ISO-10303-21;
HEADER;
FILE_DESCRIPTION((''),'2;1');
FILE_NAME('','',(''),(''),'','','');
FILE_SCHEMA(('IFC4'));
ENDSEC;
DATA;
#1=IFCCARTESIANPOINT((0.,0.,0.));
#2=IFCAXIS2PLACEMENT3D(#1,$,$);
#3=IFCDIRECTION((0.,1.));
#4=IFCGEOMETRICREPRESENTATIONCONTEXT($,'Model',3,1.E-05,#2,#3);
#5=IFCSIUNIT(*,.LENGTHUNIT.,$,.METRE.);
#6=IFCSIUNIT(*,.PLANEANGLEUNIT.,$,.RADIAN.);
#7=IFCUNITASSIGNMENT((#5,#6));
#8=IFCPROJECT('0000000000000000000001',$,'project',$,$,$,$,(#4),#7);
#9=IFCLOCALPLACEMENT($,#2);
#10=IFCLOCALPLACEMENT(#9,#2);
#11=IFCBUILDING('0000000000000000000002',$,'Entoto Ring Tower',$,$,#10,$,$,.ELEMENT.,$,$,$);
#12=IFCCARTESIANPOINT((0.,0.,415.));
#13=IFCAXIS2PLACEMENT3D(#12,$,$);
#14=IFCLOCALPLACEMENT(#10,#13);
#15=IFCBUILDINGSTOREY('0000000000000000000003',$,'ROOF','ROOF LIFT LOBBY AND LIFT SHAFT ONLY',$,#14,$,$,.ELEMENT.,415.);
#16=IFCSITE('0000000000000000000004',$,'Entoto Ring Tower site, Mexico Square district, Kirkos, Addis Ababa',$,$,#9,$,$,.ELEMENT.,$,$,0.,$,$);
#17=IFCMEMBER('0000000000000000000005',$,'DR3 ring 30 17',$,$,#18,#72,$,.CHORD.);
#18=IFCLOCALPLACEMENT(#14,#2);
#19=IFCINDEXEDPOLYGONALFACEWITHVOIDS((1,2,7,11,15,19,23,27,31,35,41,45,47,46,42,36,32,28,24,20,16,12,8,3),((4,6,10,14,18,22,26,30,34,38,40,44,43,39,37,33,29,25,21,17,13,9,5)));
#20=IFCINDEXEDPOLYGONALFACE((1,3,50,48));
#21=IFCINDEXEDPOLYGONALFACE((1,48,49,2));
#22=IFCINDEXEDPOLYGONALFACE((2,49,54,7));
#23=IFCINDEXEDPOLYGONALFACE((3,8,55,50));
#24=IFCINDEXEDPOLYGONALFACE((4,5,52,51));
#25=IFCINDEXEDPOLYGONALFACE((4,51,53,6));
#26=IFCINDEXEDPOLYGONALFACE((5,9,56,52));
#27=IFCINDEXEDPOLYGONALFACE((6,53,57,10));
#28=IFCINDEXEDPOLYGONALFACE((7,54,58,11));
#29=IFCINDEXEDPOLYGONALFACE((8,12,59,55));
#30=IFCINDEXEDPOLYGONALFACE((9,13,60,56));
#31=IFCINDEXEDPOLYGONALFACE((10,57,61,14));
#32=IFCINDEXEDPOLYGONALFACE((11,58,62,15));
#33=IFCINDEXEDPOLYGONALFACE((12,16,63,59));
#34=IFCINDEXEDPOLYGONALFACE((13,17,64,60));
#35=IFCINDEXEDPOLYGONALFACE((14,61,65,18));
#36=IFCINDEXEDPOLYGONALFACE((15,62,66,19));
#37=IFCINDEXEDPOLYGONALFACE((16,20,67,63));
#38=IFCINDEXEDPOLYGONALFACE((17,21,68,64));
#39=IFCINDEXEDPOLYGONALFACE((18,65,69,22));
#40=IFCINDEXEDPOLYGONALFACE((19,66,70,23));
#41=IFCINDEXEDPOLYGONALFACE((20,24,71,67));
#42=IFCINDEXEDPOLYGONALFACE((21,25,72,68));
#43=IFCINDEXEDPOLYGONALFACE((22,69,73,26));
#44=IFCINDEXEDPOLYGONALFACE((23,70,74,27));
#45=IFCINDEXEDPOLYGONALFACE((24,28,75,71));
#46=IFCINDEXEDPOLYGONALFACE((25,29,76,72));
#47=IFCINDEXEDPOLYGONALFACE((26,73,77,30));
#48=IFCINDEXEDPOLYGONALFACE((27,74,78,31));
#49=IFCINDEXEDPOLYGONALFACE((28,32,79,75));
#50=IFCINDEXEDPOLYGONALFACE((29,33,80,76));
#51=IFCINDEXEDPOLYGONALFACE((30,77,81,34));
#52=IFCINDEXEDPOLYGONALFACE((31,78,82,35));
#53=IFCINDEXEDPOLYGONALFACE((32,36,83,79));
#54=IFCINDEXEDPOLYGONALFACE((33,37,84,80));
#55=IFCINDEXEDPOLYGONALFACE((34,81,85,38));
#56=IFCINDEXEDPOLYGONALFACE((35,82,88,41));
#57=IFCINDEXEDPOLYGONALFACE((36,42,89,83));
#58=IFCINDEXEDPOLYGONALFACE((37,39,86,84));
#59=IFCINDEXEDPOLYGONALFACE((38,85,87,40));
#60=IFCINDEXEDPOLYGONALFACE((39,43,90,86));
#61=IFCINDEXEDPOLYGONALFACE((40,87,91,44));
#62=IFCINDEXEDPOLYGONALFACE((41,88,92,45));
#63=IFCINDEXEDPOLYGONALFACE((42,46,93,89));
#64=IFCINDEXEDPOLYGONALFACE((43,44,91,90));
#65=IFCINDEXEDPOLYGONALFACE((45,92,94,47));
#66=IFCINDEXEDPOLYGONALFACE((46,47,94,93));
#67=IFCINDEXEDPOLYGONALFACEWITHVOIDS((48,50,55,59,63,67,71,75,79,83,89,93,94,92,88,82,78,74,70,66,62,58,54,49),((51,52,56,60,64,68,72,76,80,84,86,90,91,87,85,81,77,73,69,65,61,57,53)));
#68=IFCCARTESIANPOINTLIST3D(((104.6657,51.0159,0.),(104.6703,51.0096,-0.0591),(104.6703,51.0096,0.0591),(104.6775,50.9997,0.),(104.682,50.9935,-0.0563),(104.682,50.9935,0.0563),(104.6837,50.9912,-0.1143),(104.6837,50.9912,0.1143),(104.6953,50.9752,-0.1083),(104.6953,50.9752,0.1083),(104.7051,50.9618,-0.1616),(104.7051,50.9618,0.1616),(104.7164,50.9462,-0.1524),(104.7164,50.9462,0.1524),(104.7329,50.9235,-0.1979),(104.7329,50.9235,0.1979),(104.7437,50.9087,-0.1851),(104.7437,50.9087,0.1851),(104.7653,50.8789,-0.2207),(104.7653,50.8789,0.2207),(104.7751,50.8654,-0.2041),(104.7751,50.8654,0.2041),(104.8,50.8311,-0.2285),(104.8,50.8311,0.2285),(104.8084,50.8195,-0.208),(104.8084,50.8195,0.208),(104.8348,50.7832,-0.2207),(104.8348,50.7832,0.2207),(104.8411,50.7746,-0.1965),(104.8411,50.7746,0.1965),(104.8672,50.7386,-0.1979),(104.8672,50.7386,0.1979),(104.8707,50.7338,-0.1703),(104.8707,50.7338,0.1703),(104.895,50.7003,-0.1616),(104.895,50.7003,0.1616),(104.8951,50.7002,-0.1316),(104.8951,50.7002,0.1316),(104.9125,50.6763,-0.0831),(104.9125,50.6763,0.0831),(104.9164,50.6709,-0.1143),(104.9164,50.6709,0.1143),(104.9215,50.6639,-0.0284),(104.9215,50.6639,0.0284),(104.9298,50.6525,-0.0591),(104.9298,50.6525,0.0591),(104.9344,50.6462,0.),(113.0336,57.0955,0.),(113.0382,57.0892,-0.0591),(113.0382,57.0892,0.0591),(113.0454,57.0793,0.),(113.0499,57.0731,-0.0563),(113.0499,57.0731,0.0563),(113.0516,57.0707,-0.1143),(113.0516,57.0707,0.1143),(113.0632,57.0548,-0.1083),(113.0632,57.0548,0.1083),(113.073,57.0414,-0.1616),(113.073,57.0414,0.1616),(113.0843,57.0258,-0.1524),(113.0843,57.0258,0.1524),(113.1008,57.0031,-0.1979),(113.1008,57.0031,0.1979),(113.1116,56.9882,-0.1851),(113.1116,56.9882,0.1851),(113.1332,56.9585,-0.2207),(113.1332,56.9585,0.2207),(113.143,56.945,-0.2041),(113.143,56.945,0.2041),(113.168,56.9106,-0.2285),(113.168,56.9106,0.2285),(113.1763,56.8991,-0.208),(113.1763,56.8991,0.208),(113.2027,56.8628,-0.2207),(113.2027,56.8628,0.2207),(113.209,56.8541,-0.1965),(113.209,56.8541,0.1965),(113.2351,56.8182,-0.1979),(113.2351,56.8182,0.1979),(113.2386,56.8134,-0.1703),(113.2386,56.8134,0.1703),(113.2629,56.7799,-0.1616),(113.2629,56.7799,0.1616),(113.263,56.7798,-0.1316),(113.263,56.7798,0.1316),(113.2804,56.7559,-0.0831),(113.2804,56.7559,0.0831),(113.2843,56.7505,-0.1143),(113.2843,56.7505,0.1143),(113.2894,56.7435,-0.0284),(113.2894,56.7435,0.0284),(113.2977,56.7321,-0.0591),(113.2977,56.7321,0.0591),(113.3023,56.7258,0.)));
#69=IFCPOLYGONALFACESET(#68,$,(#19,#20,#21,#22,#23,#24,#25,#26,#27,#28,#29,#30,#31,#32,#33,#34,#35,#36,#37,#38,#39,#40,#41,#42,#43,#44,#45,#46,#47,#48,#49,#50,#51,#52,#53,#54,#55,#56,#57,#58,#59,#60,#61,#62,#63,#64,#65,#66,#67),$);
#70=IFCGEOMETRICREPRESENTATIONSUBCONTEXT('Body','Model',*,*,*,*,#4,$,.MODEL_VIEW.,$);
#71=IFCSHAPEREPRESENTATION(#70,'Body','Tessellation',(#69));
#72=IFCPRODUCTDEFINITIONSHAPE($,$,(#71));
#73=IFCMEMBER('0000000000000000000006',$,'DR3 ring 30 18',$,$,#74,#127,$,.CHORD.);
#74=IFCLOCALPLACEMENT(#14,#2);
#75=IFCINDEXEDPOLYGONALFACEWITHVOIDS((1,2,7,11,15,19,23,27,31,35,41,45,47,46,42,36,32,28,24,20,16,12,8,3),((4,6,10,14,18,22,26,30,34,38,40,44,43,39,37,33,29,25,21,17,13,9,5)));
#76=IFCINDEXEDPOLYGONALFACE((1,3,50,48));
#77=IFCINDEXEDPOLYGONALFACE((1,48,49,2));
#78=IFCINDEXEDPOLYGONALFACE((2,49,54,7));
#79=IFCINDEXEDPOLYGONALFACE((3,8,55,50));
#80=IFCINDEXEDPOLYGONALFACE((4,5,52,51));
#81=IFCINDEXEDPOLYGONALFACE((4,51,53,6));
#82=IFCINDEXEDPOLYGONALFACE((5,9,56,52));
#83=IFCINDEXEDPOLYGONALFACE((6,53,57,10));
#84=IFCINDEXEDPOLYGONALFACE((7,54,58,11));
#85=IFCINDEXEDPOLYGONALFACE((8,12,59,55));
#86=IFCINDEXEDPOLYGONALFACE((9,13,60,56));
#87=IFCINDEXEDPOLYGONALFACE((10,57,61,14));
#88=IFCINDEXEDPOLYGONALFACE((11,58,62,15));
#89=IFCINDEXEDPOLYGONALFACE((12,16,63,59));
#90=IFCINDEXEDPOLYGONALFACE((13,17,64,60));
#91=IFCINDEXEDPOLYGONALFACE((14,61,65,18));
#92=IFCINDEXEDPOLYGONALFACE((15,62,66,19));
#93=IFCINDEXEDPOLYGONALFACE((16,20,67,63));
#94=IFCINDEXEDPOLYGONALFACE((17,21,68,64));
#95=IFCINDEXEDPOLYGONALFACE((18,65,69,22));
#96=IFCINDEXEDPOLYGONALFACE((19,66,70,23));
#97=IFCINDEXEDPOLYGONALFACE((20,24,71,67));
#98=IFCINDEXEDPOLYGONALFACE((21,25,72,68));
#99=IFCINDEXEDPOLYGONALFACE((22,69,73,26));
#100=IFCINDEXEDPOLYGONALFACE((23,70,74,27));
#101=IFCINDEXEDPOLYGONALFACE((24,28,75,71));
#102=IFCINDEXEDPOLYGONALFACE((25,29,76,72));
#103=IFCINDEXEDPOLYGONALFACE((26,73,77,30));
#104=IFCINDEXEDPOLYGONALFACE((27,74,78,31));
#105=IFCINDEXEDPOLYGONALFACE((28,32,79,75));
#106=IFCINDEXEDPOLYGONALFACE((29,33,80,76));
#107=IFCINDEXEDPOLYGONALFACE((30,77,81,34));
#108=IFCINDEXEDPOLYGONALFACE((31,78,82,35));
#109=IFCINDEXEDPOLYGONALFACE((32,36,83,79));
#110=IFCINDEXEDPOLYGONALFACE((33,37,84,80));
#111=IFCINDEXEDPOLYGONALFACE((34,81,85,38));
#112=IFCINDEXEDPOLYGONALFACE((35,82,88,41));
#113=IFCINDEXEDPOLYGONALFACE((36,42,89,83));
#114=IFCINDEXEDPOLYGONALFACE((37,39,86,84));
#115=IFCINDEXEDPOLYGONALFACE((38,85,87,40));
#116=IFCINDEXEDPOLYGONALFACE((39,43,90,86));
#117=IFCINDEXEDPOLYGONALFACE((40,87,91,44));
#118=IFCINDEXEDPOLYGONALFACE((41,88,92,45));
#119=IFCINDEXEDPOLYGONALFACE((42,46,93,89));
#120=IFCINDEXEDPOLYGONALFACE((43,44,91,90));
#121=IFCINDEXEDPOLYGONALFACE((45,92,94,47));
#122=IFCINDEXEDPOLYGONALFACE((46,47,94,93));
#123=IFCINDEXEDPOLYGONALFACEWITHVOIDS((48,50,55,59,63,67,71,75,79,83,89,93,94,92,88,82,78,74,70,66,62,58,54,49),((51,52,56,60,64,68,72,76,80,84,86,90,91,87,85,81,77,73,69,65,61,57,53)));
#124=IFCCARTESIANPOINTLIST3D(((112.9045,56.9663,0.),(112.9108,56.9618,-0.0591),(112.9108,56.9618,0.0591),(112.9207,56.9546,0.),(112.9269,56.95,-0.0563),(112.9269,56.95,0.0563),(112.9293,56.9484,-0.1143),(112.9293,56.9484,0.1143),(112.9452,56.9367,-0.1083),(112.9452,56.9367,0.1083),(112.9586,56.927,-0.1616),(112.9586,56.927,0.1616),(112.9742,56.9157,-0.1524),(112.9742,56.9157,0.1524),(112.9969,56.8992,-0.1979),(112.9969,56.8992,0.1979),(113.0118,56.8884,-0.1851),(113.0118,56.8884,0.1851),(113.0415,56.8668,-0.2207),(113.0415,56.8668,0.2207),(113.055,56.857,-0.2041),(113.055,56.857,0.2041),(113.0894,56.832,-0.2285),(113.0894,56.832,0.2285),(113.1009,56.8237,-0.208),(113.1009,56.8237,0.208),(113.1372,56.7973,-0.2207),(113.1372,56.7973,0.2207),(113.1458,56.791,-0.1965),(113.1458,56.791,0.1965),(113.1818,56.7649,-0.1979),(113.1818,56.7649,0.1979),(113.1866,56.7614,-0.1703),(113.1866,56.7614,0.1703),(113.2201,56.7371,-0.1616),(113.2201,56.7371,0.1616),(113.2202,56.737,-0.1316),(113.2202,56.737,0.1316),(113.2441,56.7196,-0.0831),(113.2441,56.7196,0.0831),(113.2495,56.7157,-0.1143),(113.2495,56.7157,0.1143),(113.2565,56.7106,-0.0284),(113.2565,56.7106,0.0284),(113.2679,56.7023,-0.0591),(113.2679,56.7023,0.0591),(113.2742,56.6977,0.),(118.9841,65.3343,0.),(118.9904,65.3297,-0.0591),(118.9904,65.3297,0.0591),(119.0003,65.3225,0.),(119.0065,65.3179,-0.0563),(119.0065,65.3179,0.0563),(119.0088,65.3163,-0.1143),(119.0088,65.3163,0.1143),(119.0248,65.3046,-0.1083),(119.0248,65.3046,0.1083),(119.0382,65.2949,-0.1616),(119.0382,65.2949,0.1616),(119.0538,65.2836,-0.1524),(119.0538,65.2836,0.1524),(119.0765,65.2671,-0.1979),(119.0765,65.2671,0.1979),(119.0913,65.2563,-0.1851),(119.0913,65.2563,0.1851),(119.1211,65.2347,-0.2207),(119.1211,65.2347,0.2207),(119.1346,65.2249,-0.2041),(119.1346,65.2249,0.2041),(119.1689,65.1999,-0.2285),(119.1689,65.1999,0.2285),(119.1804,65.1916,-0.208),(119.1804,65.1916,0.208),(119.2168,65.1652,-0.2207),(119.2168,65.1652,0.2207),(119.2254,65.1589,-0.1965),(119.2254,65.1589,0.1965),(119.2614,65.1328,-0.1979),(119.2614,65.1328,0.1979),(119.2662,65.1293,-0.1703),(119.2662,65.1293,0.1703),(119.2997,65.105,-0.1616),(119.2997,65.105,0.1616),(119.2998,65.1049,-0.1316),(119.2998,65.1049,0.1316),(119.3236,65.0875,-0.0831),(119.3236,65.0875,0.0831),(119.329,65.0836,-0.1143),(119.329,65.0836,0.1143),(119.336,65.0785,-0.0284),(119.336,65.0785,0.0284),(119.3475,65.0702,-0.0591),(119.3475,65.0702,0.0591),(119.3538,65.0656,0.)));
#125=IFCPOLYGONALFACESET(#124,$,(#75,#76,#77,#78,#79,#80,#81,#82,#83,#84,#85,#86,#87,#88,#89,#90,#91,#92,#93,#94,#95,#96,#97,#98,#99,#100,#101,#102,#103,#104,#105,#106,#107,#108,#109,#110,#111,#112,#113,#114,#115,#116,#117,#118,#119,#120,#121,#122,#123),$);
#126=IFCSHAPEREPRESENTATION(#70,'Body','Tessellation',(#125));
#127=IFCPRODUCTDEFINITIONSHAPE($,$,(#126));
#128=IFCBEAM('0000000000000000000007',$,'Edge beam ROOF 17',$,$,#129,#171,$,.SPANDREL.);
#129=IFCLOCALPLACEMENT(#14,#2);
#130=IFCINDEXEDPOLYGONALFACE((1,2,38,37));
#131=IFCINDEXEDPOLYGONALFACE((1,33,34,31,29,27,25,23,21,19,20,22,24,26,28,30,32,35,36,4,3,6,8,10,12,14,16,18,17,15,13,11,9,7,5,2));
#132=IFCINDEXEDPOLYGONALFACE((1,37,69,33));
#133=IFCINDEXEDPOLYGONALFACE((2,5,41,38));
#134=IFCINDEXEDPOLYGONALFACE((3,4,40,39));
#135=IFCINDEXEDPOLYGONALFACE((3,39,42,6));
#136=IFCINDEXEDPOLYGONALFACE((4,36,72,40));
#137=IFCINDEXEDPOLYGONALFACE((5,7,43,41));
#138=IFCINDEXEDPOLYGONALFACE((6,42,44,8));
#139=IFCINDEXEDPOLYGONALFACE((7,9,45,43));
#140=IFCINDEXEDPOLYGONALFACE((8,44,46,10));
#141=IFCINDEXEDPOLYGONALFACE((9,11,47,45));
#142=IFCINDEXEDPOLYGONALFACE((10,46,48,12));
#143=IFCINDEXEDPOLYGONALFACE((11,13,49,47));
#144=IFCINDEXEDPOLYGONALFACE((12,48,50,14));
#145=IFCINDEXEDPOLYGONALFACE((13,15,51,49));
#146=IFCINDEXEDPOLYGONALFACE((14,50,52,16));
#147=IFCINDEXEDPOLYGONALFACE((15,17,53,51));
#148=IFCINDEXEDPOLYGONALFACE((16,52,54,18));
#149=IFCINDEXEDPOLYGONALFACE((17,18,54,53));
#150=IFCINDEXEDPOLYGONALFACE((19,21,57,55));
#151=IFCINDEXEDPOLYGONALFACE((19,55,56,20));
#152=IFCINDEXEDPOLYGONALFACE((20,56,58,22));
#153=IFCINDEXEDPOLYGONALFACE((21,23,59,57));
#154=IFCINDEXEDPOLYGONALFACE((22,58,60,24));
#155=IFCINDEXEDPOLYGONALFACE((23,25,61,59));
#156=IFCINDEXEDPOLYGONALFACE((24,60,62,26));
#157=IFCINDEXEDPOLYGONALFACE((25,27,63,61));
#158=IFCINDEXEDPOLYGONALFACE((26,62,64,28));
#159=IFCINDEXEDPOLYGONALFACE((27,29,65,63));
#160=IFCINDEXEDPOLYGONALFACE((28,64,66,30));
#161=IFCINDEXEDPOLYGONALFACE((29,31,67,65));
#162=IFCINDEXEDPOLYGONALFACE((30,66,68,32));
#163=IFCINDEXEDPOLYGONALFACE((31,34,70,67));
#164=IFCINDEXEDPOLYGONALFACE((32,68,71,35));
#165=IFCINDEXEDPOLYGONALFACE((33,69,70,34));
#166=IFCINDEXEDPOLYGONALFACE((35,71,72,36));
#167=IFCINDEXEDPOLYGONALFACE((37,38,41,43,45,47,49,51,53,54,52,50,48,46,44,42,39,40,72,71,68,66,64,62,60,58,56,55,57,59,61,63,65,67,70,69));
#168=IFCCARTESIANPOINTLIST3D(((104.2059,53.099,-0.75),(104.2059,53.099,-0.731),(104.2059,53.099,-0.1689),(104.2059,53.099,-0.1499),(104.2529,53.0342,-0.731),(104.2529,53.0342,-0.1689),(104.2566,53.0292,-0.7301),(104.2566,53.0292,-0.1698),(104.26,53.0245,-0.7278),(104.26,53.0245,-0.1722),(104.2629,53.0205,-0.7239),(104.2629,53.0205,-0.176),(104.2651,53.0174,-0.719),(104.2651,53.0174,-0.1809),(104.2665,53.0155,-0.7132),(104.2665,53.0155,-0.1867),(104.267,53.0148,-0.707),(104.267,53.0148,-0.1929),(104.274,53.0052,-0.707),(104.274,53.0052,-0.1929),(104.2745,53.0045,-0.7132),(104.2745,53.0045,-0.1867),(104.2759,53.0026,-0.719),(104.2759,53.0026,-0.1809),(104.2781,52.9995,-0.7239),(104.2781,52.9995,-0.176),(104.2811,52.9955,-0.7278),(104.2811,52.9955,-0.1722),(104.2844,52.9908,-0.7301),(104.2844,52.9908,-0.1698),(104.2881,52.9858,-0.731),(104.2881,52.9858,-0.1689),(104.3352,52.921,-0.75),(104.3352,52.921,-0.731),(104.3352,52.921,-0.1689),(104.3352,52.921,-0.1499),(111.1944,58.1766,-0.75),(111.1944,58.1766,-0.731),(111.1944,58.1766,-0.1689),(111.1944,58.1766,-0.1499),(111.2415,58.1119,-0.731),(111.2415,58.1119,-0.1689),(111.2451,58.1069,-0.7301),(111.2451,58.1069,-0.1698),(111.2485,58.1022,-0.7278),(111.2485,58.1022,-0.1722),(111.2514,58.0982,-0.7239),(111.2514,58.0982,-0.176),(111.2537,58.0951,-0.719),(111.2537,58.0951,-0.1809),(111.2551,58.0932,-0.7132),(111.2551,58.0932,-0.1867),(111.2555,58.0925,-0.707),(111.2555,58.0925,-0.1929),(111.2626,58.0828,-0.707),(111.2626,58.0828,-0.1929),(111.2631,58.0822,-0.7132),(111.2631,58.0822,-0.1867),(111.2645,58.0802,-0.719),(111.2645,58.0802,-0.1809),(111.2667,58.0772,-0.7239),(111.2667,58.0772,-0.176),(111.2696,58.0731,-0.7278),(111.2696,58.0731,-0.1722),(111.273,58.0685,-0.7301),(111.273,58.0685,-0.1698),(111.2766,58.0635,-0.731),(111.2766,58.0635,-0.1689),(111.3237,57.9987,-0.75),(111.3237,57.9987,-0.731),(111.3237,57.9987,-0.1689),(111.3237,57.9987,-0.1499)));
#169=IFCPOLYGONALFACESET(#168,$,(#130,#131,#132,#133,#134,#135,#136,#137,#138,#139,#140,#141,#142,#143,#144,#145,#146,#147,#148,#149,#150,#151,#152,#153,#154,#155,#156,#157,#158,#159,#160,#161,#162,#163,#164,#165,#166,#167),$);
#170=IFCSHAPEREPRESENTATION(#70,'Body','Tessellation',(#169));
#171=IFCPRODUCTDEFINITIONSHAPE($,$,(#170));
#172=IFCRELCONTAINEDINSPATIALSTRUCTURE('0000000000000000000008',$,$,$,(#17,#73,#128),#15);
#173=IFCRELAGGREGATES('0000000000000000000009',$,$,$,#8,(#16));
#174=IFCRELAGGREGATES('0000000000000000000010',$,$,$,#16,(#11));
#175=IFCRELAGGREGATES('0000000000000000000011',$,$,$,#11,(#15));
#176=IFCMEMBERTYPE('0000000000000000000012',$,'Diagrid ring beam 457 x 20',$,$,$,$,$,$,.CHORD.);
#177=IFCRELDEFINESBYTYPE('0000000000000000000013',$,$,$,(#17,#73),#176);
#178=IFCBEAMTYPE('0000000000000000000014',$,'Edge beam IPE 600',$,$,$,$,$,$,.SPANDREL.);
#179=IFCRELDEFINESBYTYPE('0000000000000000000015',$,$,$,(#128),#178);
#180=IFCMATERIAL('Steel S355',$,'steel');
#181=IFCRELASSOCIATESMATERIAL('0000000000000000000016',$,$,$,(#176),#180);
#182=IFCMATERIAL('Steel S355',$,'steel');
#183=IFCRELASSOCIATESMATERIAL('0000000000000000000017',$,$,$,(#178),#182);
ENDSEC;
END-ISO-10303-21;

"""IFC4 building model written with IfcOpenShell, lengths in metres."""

from ifc_helpers import new_model, si_unit, direction, frame, origin, origin_2d, place, context, subcontext, project, spatial, circle, hollow_circle, i_section, extrude, material, material_profile, profile_set, type_object, element, save


model = new_model("IFC4")

# Units and contexts
model_context = context("Model", 3, precision=1e-05, world=origin(), true_north=direction((0.0, 1.0)))
body_context = subcontext(model_context, "Body", "Model", "MODEL_VIEW")
ifc_project = project(units=[si_unit("LENGTHUNIT", "METRE"), si_unit("PLANEANGLEUNIT", "RADIAN")], contexts=[model_context])

# Site, building, storey
site_placement = place(None, origin())
site = spatial("IfcSite", under=ifc_project, at=site_placement, Name="Entoto Ring Tower site, Mexico Square district, Kirkos, Addis Ababa", CompositionType="ELEMENT", RefElevation=0.0)
building_placement = place(site_placement, origin())
building = spatial("IfcBuilding", under=site, at=building_placement, Name="Entoto Ring Tower", CompositionType="ELEMENT")
storey_placement = place(building_placement, frame((0.0, 0.0, 415.0)))
storey = spatial("IfcBuildingStorey", under=building, at=storey_placement, Name="ROOF", Description="ROOF LIFT LOBBY AND LIFT SHAFT ONLY", CompositionType="ELEMENT", Elevation=415.0)

# Members
ifc_material_1 = material(Name="Steel S355", Category="steel")
ifc_material_profile_1 = material_profile(ifc_material_1, hollow_circle(Radius=0.2285, WallThickness=0.02, at=origin_2d()), Name="CHS 457 x 20")
ifc_material_2 = material(Name="Concrete C60/75", Category="concrete")
ifc_material_profile_2 = material_profile(ifc_material_2, circle(Radius=0.2085, at=origin_2d()), Name="Concrete C60/75 infill")
ifc_profile_set_1 = profile_set([ifc_material_profile_1, ifc_material_profile_2], Name="Steel S355")
member_type_1 = type_object("IfcMemberType", Name="Diagrid ring beam 457 x 20", PredefinedType="CHORD", material=ifc_profile_set_1)
for number, where, z_axis, x_axis, name in (
    (1, (104.8, 50.8311, 0.0), (0.80902, 0.587781, 0.0), (-0.587781, 0.80902, 0.0), "DR3 ring 30 17"),
    (2, (113.0894, 56.832, 0.0), (0.587781, 0.80902, 0.0), (-0.80902, 0.587781, 0.0), "DR3 ring 30 18"),
):
    element("IfcMember", number, at=place(storey_placement, frame(where, z_axis=z_axis, x_axis=x_axis)), inside=storey, type_object=member_type_1, Name=name, PredefinedType="CHORD", context=body_context, shape_type="SweptSolid", body=[
        extrude(hollow_circle(Radius=0.2285, WallThickness=0.02, at=origin_2d()), origin(), (0.0, 0.0, 1.0), 10.3433),
    ])

# Beam
ifc_material_3 = material(Name="Steel S355", Category="steel")
ifc_material_profile_3 = material_profile(ifc_material_3, i_section(OverallWidth=0.22, OverallDepth=0.6001, WebThickness=0.012, FlangeThickness=0.019, FilletRadius=0.0239, at=origin_2d()), Name="IPE 600")
ifc_profile_set_2 = profile_set([ifc_material_profile_3], Name="Steel S355")
beam_type_1 = type_object("IfcBeamType", Name="Edge beam IPE 600", PredefinedType="SPANDREL", material=ifc_profile_set_2)
for number, where, z_axis, x_axis, name in (
    (3, (104.2705, 53.01, -0.45), (0.809007, 0.587799, 0.0), (-0.587799, 0.809007, 0.0), "Edge beam ROOF 17"),
):
    element("IfcBeam", number, at=place(storey_placement, frame(where, z_axis=z_axis, x_axis=x_axis)), inside=storey, type_object=beam_type_1, Name=name, PredefinedType="SPANDREL", context=body_context, shape_type="SweptSolid", body=[
        extrude(i_section(OverallWidth=0.22, OverallDepth=0.6001, WebThickness=0.012, FlangeThickness=0.019, FilletRadius=0.0239, at=origin_2d()), origin(), (0.0, 0.0, 1.0), 8.6384),
    ])

save(model, "model.ifc")
